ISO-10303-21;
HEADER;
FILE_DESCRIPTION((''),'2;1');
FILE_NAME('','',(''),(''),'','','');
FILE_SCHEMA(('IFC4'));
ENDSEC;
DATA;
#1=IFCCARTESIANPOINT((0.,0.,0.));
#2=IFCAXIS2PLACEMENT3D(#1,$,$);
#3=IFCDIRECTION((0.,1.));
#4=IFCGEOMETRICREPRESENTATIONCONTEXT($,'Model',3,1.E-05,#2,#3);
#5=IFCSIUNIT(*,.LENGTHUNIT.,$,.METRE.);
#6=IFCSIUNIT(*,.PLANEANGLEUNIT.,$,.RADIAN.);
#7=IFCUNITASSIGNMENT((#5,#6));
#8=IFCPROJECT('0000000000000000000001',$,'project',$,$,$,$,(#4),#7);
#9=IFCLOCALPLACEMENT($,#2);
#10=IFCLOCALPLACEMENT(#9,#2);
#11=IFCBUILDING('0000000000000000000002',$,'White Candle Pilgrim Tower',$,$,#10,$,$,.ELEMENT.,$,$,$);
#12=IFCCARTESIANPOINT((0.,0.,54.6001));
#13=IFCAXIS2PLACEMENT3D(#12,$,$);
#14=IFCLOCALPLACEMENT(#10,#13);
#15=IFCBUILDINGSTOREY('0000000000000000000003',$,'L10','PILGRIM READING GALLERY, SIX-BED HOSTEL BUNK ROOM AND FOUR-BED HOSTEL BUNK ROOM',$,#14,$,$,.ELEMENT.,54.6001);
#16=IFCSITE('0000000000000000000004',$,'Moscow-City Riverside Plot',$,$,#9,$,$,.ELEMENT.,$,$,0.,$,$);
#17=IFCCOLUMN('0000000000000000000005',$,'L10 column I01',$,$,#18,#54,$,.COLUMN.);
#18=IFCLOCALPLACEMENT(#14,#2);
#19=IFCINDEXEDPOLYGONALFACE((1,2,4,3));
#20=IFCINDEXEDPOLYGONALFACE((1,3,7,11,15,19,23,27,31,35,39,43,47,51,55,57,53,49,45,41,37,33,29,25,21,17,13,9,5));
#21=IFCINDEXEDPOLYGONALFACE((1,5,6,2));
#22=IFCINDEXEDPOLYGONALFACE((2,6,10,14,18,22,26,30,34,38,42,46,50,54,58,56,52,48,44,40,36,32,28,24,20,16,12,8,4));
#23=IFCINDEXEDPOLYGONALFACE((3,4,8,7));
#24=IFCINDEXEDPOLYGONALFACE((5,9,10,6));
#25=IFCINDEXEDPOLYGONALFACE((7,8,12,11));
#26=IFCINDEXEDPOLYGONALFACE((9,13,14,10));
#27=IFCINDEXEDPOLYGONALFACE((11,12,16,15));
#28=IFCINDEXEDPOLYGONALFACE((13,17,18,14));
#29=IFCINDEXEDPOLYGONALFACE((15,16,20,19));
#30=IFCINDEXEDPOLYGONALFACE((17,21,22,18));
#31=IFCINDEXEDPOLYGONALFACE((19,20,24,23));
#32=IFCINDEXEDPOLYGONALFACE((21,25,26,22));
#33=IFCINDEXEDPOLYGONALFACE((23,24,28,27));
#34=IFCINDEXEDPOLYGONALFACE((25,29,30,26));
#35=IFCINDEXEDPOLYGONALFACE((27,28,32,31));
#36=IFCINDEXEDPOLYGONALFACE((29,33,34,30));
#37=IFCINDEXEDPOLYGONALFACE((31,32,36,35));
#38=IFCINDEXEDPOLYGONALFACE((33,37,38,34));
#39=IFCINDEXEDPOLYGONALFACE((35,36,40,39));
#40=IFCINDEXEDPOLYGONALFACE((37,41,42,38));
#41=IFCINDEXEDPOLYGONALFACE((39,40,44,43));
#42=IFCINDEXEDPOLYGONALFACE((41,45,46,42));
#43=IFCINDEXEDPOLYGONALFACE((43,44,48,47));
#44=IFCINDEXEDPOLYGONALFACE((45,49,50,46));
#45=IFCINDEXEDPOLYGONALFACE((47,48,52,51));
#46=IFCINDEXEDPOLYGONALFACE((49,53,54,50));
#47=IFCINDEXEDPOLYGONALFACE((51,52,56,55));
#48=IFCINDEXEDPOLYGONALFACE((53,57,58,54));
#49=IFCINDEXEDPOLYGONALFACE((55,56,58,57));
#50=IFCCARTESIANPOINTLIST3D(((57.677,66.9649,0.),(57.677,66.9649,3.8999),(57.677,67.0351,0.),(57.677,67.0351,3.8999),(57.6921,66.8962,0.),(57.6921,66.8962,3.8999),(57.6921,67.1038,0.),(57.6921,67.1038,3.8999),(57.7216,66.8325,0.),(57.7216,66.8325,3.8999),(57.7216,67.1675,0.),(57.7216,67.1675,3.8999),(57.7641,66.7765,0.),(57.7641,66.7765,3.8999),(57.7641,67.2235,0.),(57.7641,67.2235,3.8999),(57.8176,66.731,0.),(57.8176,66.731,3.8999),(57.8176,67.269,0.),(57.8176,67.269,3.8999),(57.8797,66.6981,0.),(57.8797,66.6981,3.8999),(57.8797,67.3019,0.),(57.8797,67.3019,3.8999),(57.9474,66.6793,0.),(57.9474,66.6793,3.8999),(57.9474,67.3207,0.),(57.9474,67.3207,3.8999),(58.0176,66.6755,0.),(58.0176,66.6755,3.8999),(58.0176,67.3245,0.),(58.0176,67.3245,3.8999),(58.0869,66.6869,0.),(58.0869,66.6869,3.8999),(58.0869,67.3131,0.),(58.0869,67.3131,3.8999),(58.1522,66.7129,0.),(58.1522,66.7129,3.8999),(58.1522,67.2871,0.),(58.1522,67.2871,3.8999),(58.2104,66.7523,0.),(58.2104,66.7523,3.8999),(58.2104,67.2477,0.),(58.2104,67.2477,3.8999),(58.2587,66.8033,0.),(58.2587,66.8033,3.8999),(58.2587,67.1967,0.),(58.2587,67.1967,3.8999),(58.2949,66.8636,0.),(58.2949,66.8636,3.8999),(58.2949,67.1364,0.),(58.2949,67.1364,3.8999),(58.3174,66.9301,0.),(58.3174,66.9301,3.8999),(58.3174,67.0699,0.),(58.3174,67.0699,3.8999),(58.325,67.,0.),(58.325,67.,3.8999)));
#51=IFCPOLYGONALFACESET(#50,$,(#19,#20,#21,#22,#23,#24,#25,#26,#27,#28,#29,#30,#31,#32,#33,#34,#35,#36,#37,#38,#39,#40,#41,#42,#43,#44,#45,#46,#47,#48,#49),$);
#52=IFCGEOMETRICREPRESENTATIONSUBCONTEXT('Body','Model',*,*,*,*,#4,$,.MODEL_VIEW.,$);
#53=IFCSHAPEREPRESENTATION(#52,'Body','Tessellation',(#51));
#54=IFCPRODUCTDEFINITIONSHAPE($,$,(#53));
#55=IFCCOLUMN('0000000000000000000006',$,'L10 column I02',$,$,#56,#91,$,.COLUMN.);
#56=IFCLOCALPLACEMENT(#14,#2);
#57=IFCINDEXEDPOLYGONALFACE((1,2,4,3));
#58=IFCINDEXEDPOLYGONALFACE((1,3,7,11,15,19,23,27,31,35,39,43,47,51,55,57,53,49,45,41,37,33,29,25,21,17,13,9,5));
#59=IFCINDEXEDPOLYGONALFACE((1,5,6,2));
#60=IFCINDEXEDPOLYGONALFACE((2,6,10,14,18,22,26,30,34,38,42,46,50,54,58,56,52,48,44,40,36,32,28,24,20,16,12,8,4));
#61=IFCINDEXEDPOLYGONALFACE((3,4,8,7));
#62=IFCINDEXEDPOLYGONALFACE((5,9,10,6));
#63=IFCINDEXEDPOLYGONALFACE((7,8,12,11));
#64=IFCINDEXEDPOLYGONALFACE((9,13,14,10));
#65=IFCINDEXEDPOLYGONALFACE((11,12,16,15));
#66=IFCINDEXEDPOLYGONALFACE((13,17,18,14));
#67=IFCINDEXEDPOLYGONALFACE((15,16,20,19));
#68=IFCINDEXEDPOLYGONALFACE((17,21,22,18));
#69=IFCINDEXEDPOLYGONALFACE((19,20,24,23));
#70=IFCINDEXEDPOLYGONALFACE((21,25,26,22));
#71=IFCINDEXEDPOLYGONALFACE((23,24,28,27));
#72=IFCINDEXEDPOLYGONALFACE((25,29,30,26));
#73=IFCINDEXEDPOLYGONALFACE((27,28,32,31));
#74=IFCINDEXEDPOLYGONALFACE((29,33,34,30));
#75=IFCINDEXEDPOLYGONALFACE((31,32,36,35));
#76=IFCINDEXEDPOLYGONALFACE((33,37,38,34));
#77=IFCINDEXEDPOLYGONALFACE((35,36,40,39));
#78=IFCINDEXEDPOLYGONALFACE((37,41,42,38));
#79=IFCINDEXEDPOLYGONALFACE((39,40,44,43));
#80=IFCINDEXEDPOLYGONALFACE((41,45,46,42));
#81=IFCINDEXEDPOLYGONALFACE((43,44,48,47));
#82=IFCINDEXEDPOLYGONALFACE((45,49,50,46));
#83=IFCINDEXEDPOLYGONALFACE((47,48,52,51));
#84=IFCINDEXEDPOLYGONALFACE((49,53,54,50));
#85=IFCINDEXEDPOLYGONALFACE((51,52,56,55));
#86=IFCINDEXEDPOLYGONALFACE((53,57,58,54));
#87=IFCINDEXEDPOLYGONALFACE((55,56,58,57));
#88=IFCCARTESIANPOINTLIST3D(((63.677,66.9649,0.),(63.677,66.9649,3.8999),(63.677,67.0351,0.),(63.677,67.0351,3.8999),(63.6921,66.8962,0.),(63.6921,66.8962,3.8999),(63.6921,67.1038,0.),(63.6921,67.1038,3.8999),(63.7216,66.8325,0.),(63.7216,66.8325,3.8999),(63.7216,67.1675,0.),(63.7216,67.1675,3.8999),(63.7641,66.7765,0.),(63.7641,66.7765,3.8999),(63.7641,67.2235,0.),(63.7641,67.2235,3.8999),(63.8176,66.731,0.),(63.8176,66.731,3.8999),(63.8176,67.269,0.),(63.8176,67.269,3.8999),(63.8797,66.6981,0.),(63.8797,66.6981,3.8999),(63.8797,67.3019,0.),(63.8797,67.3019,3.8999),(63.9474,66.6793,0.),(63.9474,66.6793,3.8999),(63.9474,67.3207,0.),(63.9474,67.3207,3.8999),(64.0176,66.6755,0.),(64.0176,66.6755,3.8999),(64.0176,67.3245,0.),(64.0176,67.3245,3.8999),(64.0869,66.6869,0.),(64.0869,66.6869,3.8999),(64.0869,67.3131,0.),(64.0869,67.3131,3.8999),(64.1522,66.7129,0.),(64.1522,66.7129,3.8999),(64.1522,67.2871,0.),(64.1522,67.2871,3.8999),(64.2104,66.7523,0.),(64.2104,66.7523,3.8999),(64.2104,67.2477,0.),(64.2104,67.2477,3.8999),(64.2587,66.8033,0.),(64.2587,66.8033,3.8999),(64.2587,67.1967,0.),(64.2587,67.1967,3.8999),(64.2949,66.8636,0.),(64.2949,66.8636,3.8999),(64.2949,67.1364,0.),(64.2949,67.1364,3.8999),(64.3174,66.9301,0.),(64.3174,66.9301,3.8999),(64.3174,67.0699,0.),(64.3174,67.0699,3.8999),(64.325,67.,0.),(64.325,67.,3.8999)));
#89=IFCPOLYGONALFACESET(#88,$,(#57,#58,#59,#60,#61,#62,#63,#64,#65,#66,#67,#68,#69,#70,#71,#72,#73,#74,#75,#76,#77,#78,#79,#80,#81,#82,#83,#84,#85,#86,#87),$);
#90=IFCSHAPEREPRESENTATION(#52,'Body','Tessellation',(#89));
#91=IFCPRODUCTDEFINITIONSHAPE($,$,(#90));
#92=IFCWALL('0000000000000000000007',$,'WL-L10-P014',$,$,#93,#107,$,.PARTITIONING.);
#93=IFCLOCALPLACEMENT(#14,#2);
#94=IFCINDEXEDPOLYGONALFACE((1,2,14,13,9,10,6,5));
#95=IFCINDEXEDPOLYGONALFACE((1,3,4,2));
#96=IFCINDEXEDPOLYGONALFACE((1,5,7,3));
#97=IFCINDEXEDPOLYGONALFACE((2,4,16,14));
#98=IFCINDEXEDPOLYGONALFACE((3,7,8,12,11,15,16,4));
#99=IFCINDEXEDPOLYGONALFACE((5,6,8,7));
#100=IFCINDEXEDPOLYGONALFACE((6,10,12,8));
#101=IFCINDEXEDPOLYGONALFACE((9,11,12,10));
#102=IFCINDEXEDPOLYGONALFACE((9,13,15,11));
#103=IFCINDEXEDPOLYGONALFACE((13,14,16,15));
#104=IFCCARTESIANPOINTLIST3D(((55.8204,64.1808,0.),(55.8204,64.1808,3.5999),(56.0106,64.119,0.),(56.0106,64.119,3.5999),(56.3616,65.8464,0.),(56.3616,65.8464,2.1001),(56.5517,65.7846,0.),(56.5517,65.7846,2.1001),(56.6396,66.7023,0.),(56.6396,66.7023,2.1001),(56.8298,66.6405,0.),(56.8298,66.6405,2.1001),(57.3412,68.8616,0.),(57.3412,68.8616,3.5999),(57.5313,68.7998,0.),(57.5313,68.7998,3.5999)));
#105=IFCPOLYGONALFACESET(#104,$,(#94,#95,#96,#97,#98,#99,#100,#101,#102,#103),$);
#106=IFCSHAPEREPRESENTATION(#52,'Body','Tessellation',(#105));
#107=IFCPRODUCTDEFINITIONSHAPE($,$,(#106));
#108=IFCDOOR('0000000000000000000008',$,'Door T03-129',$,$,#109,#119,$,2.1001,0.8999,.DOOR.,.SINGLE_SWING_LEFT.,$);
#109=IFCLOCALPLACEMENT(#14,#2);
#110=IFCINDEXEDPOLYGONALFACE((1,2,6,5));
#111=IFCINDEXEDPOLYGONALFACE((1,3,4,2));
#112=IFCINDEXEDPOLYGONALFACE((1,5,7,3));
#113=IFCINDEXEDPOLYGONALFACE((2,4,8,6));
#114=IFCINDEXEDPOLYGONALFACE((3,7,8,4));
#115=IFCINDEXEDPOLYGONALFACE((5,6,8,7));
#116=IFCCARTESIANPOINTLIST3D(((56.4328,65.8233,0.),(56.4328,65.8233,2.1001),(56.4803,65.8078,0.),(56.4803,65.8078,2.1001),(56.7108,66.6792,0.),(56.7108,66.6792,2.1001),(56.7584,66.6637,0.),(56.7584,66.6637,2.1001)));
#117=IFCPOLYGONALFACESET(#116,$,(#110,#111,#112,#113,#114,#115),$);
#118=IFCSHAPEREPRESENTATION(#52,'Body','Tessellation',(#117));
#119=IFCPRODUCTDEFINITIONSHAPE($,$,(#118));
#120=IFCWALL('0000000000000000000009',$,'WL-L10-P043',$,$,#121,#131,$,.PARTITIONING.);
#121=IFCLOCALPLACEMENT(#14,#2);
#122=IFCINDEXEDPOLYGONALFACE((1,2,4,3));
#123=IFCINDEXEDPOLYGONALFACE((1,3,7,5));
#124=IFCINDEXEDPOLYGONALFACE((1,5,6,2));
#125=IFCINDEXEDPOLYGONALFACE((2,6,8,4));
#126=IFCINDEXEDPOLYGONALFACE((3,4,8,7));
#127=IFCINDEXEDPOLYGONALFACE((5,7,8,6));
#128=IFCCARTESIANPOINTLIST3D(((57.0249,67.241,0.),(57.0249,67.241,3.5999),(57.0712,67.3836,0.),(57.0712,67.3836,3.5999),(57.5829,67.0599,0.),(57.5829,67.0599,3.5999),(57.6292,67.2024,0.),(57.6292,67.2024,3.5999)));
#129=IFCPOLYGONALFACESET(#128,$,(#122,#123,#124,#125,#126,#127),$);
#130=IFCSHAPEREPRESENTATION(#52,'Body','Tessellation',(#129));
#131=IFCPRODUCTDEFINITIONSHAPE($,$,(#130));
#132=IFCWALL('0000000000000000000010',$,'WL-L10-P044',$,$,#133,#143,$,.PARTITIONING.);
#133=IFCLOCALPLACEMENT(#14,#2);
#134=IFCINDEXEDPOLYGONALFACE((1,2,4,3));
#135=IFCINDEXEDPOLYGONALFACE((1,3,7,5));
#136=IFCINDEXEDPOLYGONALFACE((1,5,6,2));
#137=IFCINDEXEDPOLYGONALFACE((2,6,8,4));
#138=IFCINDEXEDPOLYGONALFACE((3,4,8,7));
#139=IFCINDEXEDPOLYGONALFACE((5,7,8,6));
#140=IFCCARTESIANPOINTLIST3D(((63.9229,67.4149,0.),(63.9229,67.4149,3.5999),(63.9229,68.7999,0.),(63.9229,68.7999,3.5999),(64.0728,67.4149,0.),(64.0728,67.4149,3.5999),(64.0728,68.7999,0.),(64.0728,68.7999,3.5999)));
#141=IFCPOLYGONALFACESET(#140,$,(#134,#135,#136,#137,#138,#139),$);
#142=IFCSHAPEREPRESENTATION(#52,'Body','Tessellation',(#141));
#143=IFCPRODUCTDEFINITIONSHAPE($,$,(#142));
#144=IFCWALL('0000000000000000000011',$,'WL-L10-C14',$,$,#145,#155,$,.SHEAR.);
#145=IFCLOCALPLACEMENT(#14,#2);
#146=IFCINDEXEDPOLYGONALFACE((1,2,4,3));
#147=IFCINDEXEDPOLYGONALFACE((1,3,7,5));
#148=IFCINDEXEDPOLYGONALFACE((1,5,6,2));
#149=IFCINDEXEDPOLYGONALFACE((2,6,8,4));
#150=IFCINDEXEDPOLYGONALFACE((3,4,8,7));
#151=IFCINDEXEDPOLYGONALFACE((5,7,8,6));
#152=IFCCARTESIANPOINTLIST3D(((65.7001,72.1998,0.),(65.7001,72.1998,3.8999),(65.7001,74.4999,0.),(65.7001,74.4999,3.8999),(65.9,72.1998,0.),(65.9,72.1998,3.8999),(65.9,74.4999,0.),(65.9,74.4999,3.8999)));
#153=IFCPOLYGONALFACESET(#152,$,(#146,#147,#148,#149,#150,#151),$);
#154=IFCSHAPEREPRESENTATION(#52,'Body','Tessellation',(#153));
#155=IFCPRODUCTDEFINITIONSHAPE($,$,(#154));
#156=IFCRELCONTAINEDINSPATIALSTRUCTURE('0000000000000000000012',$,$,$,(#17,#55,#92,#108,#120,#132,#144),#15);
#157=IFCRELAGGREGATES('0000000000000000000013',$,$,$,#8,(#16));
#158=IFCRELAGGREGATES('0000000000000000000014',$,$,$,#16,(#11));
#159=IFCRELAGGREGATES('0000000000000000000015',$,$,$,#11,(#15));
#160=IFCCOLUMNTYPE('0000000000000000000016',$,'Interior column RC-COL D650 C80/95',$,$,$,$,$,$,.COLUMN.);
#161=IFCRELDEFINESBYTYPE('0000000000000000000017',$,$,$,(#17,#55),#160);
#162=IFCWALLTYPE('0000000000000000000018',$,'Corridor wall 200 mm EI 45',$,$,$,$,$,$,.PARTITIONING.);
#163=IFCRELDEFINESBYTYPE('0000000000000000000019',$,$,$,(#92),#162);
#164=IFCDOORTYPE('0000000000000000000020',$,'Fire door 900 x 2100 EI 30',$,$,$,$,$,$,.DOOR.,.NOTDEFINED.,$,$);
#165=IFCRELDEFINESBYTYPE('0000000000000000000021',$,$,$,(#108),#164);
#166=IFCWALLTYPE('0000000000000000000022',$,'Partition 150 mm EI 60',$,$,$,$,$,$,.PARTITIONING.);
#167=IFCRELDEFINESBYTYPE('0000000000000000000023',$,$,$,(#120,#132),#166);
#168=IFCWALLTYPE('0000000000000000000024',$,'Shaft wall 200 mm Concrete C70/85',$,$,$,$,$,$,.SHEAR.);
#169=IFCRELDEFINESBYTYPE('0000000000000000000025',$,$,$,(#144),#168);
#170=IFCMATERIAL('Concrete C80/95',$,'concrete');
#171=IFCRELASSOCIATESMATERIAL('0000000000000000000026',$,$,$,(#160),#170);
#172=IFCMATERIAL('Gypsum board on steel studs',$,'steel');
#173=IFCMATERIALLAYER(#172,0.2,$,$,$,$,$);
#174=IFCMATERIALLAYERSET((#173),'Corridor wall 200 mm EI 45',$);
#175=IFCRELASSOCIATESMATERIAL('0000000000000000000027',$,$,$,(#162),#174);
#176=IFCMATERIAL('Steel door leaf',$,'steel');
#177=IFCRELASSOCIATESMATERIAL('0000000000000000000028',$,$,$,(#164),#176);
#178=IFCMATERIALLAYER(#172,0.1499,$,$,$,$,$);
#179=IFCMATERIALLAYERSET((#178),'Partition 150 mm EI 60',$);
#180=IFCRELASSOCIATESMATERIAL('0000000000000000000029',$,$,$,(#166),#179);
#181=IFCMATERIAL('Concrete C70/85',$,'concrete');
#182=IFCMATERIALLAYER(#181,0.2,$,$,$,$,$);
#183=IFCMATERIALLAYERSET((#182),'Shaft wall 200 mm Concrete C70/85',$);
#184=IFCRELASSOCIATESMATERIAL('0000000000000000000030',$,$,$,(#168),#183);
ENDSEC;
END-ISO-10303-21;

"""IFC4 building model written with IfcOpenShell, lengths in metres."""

from ifc_helpers import new_model, si_unit, direction, frame, frame_2d, origin, origin_2d, place, context, subcontext, project, spatial, rectangle, circle, extrude, material, layer, layer_set, material_profile, profile_set, type_object, element, fill, save


model = new_model("IFC4")

# Units and contexts
model_context = context("Model", 3, precision=1e-05, world=origin(), true_north=direction((0.0, 1.0)))
body_context = subcontext(model_context, "Body", "Model", "MODEL_VIEW")
ifc_project = project(units=[si_unit("LENGTHUNIT", "METRE"), si_unit("PLANEANGLEUNIT", "RADIAN")], contexts=[model_context])

# Site, building, storey
site_placement = place(None, origin())
site = spatial("IfcSite", under=ifc_project, at=site_placement, Name="Moscow-City Riverside Plot", CompositionType="ELEMENT", RefElevation=0.0)
building_placement = place(site_placement, origin())
building = spatial("IfcBuilding", under=site, at=building_placement, Name="White Candle Pilgrim Tower", CompositionType="ELEMENT")
storey_placement = place(building_placement, frame((0.0, 0.0, 54.6001)))
storey = spatial("IfcBuildingStorey", under=building, at=storey_placement, Name="L10", Description="PILGRIM READING GALLERY, SIX-BED HOSTEL BUNK ROOM AND FOUR-BED HOSTEL BUNK ROOM", CompositionType="ELEMENT", Elevation=54.6001)

# Columns
ifc_material_1 = material(Name="Concrete C80/95", Category="concrete")
ifc_material_profile = material_profile(ifc_material_1, circle(Radius=0.325, at=origin_2d()), Name="RC-COL D650")
ifc_profile_set = profile_set([ifc_material_profile], Name="Concrete C80/95")
column_type = type_object("IfcColumnType", Name="Interior column RC-COL D650 C80/95", PredefinedType="COLUMN", material=ifc_profile_set)
for number, where, z_axis, x_axis, name in (
    (1, (58.0, 67.0, 0.0), (0.0, 0.0, 1.0), (1.0, 0.0, 0.0), "L10 column I01"),
    (2, (64.0, 67.0, 0.0), (0.0, 0.0, 1.0), (1.0, 0.0, 0.0), "L10 column I02"),
):
    element("IfcColumn", number, at=place(storey_placement, frame(where, z_axis=z_axis, x_axis=x_axis)), inside=storey, type_object=column_type, Name=name, PredefinedType="COLUMN", context=body_context, shape_type="SweptSolid", body=[
        extrude(circle(Radius=0.325, at=origin_2d()), origin(), (0.0, 0.0, 1.0), 3.8999),
    ])

# Wall, opening, door
ifc_material_2 = material(Name="Gypsum board on steel studs", Category="steel")
ifc_layer_1 = layer(ifc_material_2, 0.2)
ifc_layer_set_1 = layer_set([ifc_layer_1], Name="Corridor wall 200 mm EI 45")
wall_type_1 = type_object("IfcWallType", Name="Corridor wall 200 mm EI 45", PredefinedType="PARTITIONING", material=ifc_layer_set_1)
wall_1_placement = place(storey_placement, frame((57.4363, 68.8308, 0.0), z_axis=(0.0, 0.0, 1.0), x_axis=(-0.308986, -0.951067, 0.0)))
wall_1 = element("IfcWall", 3, at=wall_1_placement, inside=storey, type_object=wall_type_1, Name="WL-L10-P014", PredefinedType="PARTITIONING", context=body_context, shape_type="SweptSolid", body=[
    extrude(rectangle(XDim=4.9216, YDim=0.2, at=frame_2d((2.4609, 0.0))), origin(), (0.0, 0.0, 1.0), 3.5999),
])
opening_1_placement = place(wall_1_placement, frame((2.2705, 0.0, 0.0)))
opening_1 = element("IfcOpeningElement", 4, at=opening_1_placement, cuts=wall_1, PredefinedType="OPENING", context=body_context, shape_type="SweptSolid", body=[
    extrude(rectangle(XDim=0.8999, YDim=2.1001, at=frame_2d((0.45, 1.05))), frame((0.0, 0.1099, 0.0), z_axis=(0.0, -1.0, 0.0), x_axis=(1.0, 0.0, 0.0)), (0.0, 0.0, 1.0), 0.22),
])
ifc_material_3 = material(Name="Steel door leaf", Category="steel")
door_type_1 = type_object("IfcDoorType", Name="Fire door 900 x 2100 EI 30", OperationType="NOTDEFINED", PredefinedType="DOOR", material=ifc_material_3)
door_1_placement = place(opening_1_placement, origin())
door_1 = element("IfcDoor", 5, at=door_1_placement, inside=storey, type_object=door_type_1, Name="Door T03-129", OperationType="SINGLE_SWING_LEFT", OverallHeight=2.1001, OverallWidth=0.8999, PredefinedType="DOOR", context=body_context, shape_type="SweptSolid", body=[
    extrude(rectangle(XDim=0.8999, YDim=2.1001, at=frame_2d((0.45, 1.05))), frame((0.0, 0.0249, 0.0), z_axis=(0.0, -1.0, 0.0), x_axis=(1.0, 0.0, 0.0)), (0.0, 0.0, 1.0), 0.05),
])
fill(opening_1, door_1)

# Walls
ifc_layer_2 = layer(ifc_material_2, 0.1499)
ifc_layer_set_2 = layer_set([ifc_layer_2], Name="Partition 150 mm EI 60")
wall_type_2 = type_object("IfcWallType", Name="Partition 150 mm EI 60", PredefinedType="PARTITIONING", material=ifc_layer_set_2)
wall_2_placement = place(storey_placement, frame((57.6062, 67.1311, 0.0), z_axis=(0.0, 0.0, 1.0), x_axis=(-0.95115, 0.308729, 0.0)))
element("IfcWall", 6, at=wall_2_placement, inside=storey, type_object=wall_type_2, Name="WL-L10-P043", PredefinedType="PARTITIONING", context=body_context, shape_type="SweptSolid", body=[
    extrude(rectangle(XDim=0.5867, YDim=0.1499, at=frame_2d((0.2935, 0.0))), origin(), (0.0, 0.0, 1.0), 3.5999),
])
wall_3_placement = place(storey_placement, frame((63.9978, 67.415, 0.0), z_axis=(0.0, 0.0, 1.0), x_axis=(0.0, 1.0, 0.0)))
element("IfcWall", 7, at=wall_3_placement, inside=storey, type_object=wall_type_2, Name="WL-L10-P044", PredefinedType="PARTITIONING", context=body_context, shape_type="SweptSolid", body=[
    extrude(rectangle(XDim=1.385, YDim=0.1499, at=frame_2d((0.6924, 0.0))), origin(), (0.0, 0.0, 1.0), 3.5999),
])
ifc_material_4 = material(Name="Concrete C70/85", Category="concrete")
ifc_layer_3 = layer(ifc_material_4, 0.2)
ifc_layer_set_3 = layer_set([ifc_layer_3], Name="Shaft wall 200 mm Concrete C70/85")
wall_type_3 = type_object("IfcWallType", Name="Shaft wall 200 mm Concrete C70/85", PredefinedType="SHEAR", material=ifc_layer_set_3)
wall_4_placement = place(storey_placement, frame((65.8, 72.2, 0.0), z_axis=(0.0, 0.0, 1.0), x_axis=(0.0, 1.0, 0.0)))
element("IfcWall", 8, at=wall_4_placement, inside=storey, type_object=wall_type_3, Name="WL-L10-C14", PredefinedType="SHEAR", context=body_context, shape_type="SweptSolid", body=[
    extrude(rectangle(XDim=2.3, YDim=0.2, at=frame_2d((1.1499, 0.0))), origin(), (0.0, 0.0, 1.0), 3.8999),
])

save(model, "model.ifc")
